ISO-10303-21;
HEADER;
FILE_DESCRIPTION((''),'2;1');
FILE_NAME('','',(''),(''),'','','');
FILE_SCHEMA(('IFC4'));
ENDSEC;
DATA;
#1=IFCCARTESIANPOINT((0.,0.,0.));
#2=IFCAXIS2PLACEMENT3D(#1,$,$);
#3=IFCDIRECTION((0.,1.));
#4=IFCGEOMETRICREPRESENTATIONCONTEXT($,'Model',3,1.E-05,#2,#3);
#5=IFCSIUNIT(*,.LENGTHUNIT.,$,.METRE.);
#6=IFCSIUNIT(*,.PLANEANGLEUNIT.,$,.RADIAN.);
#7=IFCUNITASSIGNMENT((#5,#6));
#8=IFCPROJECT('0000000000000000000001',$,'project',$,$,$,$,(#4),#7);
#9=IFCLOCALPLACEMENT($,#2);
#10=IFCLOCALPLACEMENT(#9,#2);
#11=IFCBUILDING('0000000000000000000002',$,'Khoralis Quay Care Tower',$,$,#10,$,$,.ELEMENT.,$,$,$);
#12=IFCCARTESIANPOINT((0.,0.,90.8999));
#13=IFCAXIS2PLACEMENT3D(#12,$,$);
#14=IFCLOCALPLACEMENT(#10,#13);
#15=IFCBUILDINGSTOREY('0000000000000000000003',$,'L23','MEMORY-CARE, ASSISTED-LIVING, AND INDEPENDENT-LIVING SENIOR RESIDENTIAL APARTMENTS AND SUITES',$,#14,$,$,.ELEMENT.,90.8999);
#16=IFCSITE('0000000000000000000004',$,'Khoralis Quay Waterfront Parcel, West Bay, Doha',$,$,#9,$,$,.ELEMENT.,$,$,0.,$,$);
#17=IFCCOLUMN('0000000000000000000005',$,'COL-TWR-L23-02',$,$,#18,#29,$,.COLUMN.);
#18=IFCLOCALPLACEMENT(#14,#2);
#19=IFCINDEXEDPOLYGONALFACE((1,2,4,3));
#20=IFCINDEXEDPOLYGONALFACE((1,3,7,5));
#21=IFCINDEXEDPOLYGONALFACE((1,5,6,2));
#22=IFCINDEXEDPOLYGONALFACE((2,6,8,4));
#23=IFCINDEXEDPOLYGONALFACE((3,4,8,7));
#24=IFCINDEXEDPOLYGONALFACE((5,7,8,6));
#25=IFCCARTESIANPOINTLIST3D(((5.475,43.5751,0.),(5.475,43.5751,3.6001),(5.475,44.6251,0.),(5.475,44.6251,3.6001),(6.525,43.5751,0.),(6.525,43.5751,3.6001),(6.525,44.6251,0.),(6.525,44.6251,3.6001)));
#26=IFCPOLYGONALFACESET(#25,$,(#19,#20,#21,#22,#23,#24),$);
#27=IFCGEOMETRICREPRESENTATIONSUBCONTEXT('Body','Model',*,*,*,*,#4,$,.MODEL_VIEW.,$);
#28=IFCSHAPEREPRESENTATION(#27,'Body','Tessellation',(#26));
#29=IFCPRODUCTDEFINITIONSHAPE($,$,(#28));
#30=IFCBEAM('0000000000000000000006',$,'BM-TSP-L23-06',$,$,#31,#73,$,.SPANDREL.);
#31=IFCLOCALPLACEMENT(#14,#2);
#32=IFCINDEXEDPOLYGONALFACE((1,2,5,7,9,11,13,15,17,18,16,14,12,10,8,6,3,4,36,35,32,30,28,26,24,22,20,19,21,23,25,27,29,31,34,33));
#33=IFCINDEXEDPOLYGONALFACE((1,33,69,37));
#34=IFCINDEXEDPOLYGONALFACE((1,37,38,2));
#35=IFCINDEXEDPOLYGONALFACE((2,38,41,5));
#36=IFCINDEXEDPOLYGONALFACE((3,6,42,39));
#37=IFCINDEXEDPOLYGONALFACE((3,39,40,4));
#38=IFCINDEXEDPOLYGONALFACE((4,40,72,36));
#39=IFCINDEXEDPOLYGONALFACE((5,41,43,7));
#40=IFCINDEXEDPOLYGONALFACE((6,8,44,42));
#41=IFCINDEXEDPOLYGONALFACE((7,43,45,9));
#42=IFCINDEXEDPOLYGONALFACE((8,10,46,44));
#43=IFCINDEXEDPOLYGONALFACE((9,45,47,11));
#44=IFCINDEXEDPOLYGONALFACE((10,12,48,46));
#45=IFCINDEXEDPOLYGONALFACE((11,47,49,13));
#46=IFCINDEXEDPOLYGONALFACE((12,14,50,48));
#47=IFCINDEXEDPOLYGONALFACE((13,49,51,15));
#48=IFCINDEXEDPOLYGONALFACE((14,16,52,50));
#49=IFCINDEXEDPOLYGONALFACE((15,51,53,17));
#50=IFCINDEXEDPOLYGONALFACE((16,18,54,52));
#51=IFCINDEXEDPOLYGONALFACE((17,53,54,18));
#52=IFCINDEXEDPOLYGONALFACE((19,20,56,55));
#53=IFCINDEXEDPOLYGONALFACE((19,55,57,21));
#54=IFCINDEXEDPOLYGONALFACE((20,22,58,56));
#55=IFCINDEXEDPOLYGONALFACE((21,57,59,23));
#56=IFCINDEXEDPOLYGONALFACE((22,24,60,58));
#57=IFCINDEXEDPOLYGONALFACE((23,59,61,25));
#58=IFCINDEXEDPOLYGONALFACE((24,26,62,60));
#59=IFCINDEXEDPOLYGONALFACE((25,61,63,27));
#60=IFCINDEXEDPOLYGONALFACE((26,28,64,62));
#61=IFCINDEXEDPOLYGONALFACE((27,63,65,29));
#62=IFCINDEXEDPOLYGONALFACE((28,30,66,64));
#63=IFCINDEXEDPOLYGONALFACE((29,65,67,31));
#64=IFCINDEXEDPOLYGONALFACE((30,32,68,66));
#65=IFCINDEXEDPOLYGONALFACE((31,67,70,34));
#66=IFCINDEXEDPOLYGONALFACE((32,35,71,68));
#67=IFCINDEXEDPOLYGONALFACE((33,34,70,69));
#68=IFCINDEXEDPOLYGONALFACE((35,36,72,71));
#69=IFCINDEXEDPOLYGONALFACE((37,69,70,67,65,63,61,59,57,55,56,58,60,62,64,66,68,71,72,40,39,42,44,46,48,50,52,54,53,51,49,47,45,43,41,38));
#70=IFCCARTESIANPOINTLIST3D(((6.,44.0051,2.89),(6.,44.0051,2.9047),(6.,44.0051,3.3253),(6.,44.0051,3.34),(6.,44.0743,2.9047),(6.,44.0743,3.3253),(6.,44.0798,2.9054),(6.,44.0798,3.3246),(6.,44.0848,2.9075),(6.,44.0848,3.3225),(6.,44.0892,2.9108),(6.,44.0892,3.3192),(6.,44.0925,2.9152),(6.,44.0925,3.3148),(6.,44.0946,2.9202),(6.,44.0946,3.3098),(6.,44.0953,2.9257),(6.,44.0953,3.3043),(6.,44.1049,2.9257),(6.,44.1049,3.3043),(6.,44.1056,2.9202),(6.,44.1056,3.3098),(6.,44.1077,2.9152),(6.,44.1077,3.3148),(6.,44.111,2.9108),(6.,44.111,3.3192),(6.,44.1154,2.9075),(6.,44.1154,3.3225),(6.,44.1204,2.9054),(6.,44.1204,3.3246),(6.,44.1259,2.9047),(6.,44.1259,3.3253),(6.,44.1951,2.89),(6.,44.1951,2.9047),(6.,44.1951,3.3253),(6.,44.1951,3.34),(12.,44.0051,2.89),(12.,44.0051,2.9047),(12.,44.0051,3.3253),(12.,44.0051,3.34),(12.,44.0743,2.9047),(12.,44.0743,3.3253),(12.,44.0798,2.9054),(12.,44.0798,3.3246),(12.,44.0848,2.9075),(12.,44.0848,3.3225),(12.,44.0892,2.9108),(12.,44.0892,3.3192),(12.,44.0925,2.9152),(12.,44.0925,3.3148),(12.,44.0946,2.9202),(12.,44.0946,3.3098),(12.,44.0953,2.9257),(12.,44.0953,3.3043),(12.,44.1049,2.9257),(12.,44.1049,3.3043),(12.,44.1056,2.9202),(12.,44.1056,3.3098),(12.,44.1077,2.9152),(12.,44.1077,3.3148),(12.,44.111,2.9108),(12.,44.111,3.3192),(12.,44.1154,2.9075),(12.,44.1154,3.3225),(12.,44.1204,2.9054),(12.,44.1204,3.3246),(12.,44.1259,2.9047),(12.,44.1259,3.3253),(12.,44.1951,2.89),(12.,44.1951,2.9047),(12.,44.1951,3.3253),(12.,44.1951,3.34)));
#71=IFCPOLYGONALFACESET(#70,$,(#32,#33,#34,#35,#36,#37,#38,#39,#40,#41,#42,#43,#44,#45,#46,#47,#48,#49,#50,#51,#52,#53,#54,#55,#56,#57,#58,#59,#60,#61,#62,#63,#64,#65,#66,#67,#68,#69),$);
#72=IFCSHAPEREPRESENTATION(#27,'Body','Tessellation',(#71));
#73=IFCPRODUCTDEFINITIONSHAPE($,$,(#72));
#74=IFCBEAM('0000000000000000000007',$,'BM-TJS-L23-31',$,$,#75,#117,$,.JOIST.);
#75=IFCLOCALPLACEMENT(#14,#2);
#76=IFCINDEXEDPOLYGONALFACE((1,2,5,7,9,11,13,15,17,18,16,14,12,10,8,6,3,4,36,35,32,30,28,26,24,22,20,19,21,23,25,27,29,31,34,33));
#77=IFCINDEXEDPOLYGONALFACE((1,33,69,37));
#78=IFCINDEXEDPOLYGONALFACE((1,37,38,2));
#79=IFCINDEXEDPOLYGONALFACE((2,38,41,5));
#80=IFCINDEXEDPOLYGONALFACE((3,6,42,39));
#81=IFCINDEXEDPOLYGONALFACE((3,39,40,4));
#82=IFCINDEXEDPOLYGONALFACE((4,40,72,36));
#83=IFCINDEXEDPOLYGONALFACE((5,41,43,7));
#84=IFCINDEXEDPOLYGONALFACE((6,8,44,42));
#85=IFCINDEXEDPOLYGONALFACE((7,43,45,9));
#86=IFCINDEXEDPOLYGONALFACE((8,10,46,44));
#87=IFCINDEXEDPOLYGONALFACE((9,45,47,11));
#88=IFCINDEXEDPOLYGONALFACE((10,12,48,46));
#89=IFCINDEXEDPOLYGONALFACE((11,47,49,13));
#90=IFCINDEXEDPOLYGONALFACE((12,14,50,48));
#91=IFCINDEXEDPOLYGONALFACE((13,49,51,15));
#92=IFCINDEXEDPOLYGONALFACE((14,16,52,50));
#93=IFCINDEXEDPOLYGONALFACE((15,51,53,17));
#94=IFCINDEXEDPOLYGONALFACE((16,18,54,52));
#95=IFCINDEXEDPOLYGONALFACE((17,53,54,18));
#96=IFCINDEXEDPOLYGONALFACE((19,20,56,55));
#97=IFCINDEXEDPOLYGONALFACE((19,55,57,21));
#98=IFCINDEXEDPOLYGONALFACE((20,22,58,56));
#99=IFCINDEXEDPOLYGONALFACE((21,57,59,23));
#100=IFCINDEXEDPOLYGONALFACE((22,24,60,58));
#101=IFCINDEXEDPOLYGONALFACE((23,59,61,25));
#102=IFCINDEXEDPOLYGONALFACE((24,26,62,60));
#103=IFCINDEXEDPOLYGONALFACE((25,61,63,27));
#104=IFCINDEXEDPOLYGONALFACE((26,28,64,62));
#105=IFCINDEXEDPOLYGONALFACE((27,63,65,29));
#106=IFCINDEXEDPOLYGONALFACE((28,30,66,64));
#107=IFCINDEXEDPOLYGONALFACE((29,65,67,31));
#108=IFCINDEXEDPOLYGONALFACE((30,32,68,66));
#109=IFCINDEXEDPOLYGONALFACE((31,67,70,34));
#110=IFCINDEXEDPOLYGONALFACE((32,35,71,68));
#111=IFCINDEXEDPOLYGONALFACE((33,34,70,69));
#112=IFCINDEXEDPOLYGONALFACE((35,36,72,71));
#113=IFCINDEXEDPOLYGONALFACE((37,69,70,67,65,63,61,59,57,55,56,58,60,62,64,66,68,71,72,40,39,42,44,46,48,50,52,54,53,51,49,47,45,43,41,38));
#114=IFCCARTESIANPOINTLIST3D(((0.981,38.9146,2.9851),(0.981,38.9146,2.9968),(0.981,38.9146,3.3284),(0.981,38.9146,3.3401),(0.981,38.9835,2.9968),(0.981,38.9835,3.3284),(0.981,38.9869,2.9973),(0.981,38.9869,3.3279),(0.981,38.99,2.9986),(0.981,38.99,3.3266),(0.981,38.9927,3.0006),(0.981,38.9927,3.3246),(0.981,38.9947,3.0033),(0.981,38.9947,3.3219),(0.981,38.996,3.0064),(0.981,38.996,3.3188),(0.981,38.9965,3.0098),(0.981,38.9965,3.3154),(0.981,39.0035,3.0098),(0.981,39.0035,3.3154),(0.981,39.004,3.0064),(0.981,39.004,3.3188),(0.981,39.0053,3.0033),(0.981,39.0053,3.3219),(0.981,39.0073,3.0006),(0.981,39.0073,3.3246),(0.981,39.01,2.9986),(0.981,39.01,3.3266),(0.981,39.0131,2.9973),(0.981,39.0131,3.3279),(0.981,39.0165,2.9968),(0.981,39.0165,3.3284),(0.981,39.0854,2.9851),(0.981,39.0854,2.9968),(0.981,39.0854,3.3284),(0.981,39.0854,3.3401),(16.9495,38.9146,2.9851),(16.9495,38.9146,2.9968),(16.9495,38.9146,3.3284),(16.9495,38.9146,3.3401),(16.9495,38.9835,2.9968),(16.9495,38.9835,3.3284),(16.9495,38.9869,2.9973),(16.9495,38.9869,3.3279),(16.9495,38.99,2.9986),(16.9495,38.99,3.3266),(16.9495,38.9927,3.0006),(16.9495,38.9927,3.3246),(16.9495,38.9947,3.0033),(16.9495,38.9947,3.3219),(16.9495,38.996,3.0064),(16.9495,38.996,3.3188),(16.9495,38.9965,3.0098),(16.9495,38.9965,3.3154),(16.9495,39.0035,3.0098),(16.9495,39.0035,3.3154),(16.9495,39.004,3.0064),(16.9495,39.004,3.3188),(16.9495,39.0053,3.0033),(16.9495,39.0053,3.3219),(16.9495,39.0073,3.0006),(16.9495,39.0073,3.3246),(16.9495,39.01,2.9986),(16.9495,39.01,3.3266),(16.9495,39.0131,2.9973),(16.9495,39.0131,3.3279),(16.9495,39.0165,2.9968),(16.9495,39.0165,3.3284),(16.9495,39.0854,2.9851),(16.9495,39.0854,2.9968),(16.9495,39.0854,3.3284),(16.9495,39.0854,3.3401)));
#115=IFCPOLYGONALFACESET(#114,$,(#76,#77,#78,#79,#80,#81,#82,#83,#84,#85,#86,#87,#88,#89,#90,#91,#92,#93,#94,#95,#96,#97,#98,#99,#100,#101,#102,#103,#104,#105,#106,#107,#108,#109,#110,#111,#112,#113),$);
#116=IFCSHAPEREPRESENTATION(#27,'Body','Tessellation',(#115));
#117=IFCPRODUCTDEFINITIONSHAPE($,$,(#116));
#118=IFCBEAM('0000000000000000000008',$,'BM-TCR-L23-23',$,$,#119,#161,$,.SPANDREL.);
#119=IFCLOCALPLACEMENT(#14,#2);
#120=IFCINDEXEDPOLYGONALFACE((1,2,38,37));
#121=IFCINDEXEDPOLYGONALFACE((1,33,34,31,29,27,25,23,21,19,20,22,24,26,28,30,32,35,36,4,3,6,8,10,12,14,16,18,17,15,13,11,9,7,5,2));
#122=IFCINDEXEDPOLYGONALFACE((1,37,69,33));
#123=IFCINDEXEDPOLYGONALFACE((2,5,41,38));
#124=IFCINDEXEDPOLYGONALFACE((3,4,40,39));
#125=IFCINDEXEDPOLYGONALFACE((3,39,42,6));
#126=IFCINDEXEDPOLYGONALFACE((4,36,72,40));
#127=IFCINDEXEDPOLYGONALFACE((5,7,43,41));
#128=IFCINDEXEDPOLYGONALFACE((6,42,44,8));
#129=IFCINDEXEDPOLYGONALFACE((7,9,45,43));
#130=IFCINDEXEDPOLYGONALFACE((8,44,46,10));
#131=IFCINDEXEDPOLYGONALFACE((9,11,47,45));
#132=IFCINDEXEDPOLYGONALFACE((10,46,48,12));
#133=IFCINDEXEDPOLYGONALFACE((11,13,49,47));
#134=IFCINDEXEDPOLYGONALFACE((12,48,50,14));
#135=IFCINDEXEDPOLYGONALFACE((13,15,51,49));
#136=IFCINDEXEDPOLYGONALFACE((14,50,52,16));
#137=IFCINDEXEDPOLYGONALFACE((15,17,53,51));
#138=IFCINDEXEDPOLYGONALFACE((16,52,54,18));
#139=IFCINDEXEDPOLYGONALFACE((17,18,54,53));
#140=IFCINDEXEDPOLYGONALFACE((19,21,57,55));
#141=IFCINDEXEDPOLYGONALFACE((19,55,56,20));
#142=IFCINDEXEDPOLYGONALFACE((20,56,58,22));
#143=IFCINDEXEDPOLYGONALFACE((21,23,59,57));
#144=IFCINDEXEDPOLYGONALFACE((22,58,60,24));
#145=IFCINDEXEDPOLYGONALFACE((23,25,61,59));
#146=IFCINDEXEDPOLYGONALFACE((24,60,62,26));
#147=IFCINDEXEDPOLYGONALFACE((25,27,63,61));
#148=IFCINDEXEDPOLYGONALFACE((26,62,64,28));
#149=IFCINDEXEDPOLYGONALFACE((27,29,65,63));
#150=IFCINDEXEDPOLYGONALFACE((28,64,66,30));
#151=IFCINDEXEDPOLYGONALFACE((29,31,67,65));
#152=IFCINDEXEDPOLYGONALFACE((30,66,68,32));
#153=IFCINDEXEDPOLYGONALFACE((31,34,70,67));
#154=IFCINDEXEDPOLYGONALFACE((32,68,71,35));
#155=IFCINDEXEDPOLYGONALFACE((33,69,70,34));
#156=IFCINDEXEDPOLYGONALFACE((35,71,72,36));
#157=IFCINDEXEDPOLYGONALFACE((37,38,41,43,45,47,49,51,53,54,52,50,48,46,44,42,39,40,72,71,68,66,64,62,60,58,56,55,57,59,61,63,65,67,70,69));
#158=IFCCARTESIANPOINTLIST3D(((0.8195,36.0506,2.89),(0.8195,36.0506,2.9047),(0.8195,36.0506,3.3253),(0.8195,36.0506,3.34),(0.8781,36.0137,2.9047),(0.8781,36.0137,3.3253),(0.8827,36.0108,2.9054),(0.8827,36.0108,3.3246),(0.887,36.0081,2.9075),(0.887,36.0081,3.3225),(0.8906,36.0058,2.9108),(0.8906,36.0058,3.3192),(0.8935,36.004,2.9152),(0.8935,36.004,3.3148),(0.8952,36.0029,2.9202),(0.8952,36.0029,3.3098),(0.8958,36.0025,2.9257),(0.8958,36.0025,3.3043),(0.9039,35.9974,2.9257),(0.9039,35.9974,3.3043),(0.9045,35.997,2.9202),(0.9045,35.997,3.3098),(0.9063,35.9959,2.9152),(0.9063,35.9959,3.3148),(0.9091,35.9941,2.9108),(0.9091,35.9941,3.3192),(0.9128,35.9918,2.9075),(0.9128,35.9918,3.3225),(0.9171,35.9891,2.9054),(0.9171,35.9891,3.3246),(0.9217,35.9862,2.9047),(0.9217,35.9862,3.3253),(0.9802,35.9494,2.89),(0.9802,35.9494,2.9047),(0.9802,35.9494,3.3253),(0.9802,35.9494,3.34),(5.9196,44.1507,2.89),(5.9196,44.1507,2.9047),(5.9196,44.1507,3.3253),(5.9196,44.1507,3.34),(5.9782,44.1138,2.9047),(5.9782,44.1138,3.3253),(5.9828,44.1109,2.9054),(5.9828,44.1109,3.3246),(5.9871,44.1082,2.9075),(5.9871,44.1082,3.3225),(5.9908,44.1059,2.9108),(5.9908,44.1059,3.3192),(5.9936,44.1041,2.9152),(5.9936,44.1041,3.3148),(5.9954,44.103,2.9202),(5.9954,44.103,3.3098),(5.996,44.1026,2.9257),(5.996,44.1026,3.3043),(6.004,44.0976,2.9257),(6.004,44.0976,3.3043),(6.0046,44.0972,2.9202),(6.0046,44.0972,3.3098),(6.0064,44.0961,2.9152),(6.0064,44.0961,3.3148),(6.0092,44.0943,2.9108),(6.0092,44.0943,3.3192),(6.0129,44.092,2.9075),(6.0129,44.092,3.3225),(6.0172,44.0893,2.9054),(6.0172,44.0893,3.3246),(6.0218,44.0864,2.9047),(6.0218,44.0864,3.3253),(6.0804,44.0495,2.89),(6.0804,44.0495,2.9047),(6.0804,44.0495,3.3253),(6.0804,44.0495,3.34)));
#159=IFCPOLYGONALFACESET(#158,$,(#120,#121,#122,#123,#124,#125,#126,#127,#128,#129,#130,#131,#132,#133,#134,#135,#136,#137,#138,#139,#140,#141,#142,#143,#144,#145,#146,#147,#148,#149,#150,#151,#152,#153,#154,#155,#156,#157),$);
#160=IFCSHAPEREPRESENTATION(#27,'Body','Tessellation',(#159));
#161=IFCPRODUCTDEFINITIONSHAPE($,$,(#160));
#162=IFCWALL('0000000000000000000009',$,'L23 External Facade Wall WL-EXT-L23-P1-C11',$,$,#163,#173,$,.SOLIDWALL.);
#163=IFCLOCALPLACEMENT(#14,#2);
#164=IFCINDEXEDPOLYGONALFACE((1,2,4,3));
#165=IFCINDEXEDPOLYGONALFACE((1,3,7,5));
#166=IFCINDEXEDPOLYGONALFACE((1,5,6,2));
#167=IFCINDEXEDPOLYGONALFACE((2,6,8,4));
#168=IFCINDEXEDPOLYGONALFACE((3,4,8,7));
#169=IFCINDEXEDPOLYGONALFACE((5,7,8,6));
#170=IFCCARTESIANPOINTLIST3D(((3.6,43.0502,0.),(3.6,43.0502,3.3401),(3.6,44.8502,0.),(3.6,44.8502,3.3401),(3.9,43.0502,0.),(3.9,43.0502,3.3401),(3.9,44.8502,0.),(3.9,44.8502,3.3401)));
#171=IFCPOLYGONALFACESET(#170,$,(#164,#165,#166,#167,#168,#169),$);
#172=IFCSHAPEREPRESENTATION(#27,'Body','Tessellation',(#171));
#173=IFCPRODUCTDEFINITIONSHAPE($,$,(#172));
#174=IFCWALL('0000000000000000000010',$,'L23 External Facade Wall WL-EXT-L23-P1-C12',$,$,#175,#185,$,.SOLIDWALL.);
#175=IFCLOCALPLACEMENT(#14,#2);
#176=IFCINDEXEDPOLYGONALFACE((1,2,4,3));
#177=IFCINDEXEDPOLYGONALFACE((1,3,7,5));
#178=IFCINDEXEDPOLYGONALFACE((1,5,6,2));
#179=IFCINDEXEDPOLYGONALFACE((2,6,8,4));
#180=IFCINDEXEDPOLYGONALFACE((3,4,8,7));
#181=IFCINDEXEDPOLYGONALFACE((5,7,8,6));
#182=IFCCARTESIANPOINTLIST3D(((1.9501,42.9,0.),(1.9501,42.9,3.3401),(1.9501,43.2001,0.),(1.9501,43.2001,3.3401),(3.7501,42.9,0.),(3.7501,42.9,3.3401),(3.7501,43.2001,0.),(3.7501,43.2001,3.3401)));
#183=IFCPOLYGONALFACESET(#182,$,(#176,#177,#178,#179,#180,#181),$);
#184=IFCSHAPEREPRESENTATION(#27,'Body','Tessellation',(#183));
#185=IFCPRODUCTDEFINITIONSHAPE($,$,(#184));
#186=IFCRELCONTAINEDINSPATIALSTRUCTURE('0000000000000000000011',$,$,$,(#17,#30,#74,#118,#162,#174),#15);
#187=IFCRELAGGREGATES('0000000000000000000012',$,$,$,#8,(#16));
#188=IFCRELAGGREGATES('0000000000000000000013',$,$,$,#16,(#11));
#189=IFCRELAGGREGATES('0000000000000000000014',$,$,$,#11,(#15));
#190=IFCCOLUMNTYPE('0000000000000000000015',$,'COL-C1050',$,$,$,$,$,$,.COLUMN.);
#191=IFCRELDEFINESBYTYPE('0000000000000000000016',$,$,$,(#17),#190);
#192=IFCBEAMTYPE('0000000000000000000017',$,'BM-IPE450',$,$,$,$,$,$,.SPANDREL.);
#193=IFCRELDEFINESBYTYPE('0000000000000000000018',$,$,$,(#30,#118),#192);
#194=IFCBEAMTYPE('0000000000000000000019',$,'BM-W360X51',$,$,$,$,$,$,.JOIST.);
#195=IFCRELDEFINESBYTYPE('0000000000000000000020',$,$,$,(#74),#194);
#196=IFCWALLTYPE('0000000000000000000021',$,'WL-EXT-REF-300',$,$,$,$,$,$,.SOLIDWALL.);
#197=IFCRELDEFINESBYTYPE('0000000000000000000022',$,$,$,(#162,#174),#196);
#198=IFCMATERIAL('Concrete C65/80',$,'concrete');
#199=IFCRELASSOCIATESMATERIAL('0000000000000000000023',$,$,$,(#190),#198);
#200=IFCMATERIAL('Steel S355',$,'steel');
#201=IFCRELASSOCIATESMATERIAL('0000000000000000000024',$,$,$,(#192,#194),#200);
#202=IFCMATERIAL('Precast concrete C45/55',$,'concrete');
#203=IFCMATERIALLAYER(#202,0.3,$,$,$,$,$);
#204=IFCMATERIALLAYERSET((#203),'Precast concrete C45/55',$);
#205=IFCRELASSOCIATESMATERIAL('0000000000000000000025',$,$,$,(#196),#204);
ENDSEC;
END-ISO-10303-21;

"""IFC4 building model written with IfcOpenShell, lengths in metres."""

from ifc_helpers import new_model, si_unit, direction, frame, frame_2d, origin, origin_2d, place, context, subcontext, project, spatial, rectangle, i_section, extrude, source, transform, mapped, material, layer, layer_set, material_profile, profile_set, type_object, element, save


model = new_model("IFC4")

# Units and contexts
model_context = context("Model", 3, precision=1e-05, world=origin(), true_north=direction((0.0, 1.0)))
body_context = subcontext(model_context, "Body", "Model", "MODEL_VIEW")
ifc_project = project(units=[si_unit("LENGTHUNIT", "METRE"), si_unit("PLANEANGLEUNIT", "RADIAN")], contexts=[model_context])

# Site, building, storey
site_placement = place(None, origin())
site = spatial("IfcSite", under=ifc_project, at=site_placement, Name="Khoralis Quay Waterfront Parcel, West Bay, Doha", CompositionType="ELEMENT", RefElevation=0.0)
building_placement = place(site_placement, origin())
building = spatial("IfcBuilding", under=site, at=building_placement, Name="Khoralis Quay Care Tower", CompositionType="ELEMENT")
storey_placement = place(building_placement, frame((0.0, 0.0, 90.8999)))
storey = spatial("IfcBuildingStorey", under=building, at=storey_placement, Name="L23", Description="MEMORY-CARE, ASSISTED-LIVING, AND INDEPENDENT-LIVING SENIOR RESIDENTIAL APARTMENTS AND SUITES", CompositionType="ELEMENT", Elevation=90.8999)

# Column
ifc_material_1 = material(Name="Concrete C65/80", Category="concrete")
ifc_material_profile_1 = material_profile(ifc_material_1, rectangle(XDim=1.05, YDim=1.05, at=origin_2d()), Name="Concrete C65/80")
ifc_profile_set_1 = profile_set([ifc_material_profile_1], Name="Concrete C65/80")
column_type = type_object("IfcColumnType", Name="COL-C1050", PredefinedType="COLUMN", material=ifc_profile_set_1)
shared_shape_1 = source(origin(), body_context, "Body", "SweptSolid", [
    extrude(rectangle(XDim=1.05, YDim=1.05, at=origin_2d()), origin(), (0.0, 0.0, 1.0), 3.6001),
])
column_placement = place(storey_placement, frame((6.0, 44.1001, 0.0), z_axis=(0.0, 0.0, 1.0), x_axis=(1.0, 0.0, 0.0)))
element("IfcColumn", 1, at=column_placement, inside=storey, type_object=column_type, Name="COL-TWR-L23-02", PredefinedType="COLUMN", context=body_context, shape_type="MappedRepresentation", body=[
    mapped(shared_shape_1, transform((0.0, 0.0, 0.0), scale=1.0)),
])

# Beams
ifc_material_2 = material(Name="Steel S355", Category="steel")
ifc_material_profile_2 = material_profile(ifc_material_2, i_section(OverallWidth=0.1899, OverallDepth=0.45, WebThickness=0.0095, FlangeThickness=0.0146, FilletRadius=0.021, at=origin_2d()), Name="Steel S355")
ifc_profile_set_2 = profile_set([ifc_material_profile_2], Name="Steel S355")
beam_type_1 = type_object("IfcBeamType", Name="BM-IPE450", PredefinedType="SPANDREL", material=ifc_profile_set_2)
shared_shape_2 = source(origin(), body_context, "Body", "SweptSolid", [
    extrude(i_section(OverallWidth=0.1899, OverallDepth=0.45, WebThickness=0.0095, FlangeThickness=0.0146, FilletRadius=0.021, at=origin_2d()), origin(), (0.0, 0.0, 1.0), 6.0),
])
beam_1_placement = place(storey_placement, frame((6.0, 44.1001, 3.115), z_axis=(1.0, 0.0, 0.0), x_axis=(0.0, 1.0, 0.0)))
element("IfcBeam", 2, at=beam_1_placement, inside=storey, type_object=beam_type_1, Name="BM-TSP-L23-06", PredefinedType="SPANDREL", context=body_context, shape_type="MappedRepresentation", body=[
    mapped(shared_shape_2, transform((0.0, 0.0, 0.0), scale=1.0)),
])
ifc_material_profile_3 = material_profile(ifc_material_2, i_section(OverallWidth=0.1709, OverallDepth=0.355, WebThickness=0.0071, FlangeThickness=0.0117, FilletRadius=0.0129, at=origin_2d()), Name="Steel S355")
ifc_profile_set_3 = profile_set([ifc_material_profile_3], Name="Steel S355")
beam_type_2 = type_object("IfcBeamType", Name="BM-W360X51", PredefinedType="JOIST", material=ifc_profile_set_3)
shared_shape_3 = source(origin(), body_context, "Body", "SweptSolid", [
    extrude(i_section(OverallWidth=0.1709, OverallDepth=0.355, WebThickness=0.0071, FlangeThickness=0.0117, FilletRadius=0.0129, at=origin_2d()), origin(), (0.0, 0.0, 1.0), 15.9685),
])
beam_2_placement = place(storey_placement, frame((0.981, 39.0, 3.1626), z_axis=(1.0, 0.0, 0.0), x_axis=(0.0, 1.0, 0.0)))
element("IfcBeam", 3, at=beam_2_placement, inside=storey, type_object=beam_type_2, Name="BM-TJS-L23-31", PredefinedType="JOIST", context=body_context, shape_type="MappedRepresentation", body=[
    mapped(shared_shape_3, transform((0.0, 0.0, 0.0), scale=1.0)),
])
shared_shape_4 = source(origin(), body_context, "Body", "SweptSolid", [
    extrude(i_section(OverallWidth=0.1899, OverallDepth=0.45, WebThickness=0.0095, FlangeThickness=0.0146, FilletRadius=0.021, at=origin_2d()), origin(), (0.0, 0.0, 1.0), 9.572),
])
beam_3_placement = place(storey_placement, frame((6.0, 44.1001, 3.115), z_axis=(-0.532816, -0.846231, 0.0), x_axis=(0.846231, -0.532816, 0.0)))
element("IfcBeam", 4, at=beam_3_placement, inside=storey, type_object=beam_type_1, Name="BM-TCR-L23-23", PredefinedType="SPANDREL", context=body_context, shape_type="MappedRepresentation", body=[
    mapped(shared_shape_4, transform((0.0, 0.0, 0.0), scale=1.0)),
])

# Walls
ifc_material_3 = material(Name="Precast concrete C45/55", Category="concrete")
ifc_layer_1 = layer(ifc_material_3, 0.3)
ifc_layer_set_1 = layer_set([ifc_layer_1], Name="Precast concrete C45/55")
wall_type = type_object("IfcWallType", Name="WL-EXT-REF-300", PredefinedType="SOLIDWALL", material=ifc_layer_set_1)
for number, where, z_axis, x_axis, name in (
    (5, (3.75, 44.8501, 0.0), (0.0, 0.0, 1.0), (0.0, -1.0, 0.0), "L23 External Facade Wall WL-EXT-L23-P1-C11"),
    (6, (3.75, 43.05, 0.0), (0.0, 0.0, 1.0), (-1.0, 0.0, 0.0), "L23 External Facade Wall WL-EXT-L23-P1-C12"),
):
    element("IfcWall", number, at=place(storey_placement, frame(where, z_axis=z_axis, x_axis=x_axis)), inside=storey, type_object=wall_type, Name=name, PredefinedType="SOLIDWALL", context=body_context, shape_type="SweptSolid", body=[
        extrude(rectangle(XDim=1.8, YDim=0.3, at=frame_2d((0.8999, 0.0))), origin(), (0.0, 0.0, 1.0), 3.3401),
    ])

save(model, "model.ifc")
